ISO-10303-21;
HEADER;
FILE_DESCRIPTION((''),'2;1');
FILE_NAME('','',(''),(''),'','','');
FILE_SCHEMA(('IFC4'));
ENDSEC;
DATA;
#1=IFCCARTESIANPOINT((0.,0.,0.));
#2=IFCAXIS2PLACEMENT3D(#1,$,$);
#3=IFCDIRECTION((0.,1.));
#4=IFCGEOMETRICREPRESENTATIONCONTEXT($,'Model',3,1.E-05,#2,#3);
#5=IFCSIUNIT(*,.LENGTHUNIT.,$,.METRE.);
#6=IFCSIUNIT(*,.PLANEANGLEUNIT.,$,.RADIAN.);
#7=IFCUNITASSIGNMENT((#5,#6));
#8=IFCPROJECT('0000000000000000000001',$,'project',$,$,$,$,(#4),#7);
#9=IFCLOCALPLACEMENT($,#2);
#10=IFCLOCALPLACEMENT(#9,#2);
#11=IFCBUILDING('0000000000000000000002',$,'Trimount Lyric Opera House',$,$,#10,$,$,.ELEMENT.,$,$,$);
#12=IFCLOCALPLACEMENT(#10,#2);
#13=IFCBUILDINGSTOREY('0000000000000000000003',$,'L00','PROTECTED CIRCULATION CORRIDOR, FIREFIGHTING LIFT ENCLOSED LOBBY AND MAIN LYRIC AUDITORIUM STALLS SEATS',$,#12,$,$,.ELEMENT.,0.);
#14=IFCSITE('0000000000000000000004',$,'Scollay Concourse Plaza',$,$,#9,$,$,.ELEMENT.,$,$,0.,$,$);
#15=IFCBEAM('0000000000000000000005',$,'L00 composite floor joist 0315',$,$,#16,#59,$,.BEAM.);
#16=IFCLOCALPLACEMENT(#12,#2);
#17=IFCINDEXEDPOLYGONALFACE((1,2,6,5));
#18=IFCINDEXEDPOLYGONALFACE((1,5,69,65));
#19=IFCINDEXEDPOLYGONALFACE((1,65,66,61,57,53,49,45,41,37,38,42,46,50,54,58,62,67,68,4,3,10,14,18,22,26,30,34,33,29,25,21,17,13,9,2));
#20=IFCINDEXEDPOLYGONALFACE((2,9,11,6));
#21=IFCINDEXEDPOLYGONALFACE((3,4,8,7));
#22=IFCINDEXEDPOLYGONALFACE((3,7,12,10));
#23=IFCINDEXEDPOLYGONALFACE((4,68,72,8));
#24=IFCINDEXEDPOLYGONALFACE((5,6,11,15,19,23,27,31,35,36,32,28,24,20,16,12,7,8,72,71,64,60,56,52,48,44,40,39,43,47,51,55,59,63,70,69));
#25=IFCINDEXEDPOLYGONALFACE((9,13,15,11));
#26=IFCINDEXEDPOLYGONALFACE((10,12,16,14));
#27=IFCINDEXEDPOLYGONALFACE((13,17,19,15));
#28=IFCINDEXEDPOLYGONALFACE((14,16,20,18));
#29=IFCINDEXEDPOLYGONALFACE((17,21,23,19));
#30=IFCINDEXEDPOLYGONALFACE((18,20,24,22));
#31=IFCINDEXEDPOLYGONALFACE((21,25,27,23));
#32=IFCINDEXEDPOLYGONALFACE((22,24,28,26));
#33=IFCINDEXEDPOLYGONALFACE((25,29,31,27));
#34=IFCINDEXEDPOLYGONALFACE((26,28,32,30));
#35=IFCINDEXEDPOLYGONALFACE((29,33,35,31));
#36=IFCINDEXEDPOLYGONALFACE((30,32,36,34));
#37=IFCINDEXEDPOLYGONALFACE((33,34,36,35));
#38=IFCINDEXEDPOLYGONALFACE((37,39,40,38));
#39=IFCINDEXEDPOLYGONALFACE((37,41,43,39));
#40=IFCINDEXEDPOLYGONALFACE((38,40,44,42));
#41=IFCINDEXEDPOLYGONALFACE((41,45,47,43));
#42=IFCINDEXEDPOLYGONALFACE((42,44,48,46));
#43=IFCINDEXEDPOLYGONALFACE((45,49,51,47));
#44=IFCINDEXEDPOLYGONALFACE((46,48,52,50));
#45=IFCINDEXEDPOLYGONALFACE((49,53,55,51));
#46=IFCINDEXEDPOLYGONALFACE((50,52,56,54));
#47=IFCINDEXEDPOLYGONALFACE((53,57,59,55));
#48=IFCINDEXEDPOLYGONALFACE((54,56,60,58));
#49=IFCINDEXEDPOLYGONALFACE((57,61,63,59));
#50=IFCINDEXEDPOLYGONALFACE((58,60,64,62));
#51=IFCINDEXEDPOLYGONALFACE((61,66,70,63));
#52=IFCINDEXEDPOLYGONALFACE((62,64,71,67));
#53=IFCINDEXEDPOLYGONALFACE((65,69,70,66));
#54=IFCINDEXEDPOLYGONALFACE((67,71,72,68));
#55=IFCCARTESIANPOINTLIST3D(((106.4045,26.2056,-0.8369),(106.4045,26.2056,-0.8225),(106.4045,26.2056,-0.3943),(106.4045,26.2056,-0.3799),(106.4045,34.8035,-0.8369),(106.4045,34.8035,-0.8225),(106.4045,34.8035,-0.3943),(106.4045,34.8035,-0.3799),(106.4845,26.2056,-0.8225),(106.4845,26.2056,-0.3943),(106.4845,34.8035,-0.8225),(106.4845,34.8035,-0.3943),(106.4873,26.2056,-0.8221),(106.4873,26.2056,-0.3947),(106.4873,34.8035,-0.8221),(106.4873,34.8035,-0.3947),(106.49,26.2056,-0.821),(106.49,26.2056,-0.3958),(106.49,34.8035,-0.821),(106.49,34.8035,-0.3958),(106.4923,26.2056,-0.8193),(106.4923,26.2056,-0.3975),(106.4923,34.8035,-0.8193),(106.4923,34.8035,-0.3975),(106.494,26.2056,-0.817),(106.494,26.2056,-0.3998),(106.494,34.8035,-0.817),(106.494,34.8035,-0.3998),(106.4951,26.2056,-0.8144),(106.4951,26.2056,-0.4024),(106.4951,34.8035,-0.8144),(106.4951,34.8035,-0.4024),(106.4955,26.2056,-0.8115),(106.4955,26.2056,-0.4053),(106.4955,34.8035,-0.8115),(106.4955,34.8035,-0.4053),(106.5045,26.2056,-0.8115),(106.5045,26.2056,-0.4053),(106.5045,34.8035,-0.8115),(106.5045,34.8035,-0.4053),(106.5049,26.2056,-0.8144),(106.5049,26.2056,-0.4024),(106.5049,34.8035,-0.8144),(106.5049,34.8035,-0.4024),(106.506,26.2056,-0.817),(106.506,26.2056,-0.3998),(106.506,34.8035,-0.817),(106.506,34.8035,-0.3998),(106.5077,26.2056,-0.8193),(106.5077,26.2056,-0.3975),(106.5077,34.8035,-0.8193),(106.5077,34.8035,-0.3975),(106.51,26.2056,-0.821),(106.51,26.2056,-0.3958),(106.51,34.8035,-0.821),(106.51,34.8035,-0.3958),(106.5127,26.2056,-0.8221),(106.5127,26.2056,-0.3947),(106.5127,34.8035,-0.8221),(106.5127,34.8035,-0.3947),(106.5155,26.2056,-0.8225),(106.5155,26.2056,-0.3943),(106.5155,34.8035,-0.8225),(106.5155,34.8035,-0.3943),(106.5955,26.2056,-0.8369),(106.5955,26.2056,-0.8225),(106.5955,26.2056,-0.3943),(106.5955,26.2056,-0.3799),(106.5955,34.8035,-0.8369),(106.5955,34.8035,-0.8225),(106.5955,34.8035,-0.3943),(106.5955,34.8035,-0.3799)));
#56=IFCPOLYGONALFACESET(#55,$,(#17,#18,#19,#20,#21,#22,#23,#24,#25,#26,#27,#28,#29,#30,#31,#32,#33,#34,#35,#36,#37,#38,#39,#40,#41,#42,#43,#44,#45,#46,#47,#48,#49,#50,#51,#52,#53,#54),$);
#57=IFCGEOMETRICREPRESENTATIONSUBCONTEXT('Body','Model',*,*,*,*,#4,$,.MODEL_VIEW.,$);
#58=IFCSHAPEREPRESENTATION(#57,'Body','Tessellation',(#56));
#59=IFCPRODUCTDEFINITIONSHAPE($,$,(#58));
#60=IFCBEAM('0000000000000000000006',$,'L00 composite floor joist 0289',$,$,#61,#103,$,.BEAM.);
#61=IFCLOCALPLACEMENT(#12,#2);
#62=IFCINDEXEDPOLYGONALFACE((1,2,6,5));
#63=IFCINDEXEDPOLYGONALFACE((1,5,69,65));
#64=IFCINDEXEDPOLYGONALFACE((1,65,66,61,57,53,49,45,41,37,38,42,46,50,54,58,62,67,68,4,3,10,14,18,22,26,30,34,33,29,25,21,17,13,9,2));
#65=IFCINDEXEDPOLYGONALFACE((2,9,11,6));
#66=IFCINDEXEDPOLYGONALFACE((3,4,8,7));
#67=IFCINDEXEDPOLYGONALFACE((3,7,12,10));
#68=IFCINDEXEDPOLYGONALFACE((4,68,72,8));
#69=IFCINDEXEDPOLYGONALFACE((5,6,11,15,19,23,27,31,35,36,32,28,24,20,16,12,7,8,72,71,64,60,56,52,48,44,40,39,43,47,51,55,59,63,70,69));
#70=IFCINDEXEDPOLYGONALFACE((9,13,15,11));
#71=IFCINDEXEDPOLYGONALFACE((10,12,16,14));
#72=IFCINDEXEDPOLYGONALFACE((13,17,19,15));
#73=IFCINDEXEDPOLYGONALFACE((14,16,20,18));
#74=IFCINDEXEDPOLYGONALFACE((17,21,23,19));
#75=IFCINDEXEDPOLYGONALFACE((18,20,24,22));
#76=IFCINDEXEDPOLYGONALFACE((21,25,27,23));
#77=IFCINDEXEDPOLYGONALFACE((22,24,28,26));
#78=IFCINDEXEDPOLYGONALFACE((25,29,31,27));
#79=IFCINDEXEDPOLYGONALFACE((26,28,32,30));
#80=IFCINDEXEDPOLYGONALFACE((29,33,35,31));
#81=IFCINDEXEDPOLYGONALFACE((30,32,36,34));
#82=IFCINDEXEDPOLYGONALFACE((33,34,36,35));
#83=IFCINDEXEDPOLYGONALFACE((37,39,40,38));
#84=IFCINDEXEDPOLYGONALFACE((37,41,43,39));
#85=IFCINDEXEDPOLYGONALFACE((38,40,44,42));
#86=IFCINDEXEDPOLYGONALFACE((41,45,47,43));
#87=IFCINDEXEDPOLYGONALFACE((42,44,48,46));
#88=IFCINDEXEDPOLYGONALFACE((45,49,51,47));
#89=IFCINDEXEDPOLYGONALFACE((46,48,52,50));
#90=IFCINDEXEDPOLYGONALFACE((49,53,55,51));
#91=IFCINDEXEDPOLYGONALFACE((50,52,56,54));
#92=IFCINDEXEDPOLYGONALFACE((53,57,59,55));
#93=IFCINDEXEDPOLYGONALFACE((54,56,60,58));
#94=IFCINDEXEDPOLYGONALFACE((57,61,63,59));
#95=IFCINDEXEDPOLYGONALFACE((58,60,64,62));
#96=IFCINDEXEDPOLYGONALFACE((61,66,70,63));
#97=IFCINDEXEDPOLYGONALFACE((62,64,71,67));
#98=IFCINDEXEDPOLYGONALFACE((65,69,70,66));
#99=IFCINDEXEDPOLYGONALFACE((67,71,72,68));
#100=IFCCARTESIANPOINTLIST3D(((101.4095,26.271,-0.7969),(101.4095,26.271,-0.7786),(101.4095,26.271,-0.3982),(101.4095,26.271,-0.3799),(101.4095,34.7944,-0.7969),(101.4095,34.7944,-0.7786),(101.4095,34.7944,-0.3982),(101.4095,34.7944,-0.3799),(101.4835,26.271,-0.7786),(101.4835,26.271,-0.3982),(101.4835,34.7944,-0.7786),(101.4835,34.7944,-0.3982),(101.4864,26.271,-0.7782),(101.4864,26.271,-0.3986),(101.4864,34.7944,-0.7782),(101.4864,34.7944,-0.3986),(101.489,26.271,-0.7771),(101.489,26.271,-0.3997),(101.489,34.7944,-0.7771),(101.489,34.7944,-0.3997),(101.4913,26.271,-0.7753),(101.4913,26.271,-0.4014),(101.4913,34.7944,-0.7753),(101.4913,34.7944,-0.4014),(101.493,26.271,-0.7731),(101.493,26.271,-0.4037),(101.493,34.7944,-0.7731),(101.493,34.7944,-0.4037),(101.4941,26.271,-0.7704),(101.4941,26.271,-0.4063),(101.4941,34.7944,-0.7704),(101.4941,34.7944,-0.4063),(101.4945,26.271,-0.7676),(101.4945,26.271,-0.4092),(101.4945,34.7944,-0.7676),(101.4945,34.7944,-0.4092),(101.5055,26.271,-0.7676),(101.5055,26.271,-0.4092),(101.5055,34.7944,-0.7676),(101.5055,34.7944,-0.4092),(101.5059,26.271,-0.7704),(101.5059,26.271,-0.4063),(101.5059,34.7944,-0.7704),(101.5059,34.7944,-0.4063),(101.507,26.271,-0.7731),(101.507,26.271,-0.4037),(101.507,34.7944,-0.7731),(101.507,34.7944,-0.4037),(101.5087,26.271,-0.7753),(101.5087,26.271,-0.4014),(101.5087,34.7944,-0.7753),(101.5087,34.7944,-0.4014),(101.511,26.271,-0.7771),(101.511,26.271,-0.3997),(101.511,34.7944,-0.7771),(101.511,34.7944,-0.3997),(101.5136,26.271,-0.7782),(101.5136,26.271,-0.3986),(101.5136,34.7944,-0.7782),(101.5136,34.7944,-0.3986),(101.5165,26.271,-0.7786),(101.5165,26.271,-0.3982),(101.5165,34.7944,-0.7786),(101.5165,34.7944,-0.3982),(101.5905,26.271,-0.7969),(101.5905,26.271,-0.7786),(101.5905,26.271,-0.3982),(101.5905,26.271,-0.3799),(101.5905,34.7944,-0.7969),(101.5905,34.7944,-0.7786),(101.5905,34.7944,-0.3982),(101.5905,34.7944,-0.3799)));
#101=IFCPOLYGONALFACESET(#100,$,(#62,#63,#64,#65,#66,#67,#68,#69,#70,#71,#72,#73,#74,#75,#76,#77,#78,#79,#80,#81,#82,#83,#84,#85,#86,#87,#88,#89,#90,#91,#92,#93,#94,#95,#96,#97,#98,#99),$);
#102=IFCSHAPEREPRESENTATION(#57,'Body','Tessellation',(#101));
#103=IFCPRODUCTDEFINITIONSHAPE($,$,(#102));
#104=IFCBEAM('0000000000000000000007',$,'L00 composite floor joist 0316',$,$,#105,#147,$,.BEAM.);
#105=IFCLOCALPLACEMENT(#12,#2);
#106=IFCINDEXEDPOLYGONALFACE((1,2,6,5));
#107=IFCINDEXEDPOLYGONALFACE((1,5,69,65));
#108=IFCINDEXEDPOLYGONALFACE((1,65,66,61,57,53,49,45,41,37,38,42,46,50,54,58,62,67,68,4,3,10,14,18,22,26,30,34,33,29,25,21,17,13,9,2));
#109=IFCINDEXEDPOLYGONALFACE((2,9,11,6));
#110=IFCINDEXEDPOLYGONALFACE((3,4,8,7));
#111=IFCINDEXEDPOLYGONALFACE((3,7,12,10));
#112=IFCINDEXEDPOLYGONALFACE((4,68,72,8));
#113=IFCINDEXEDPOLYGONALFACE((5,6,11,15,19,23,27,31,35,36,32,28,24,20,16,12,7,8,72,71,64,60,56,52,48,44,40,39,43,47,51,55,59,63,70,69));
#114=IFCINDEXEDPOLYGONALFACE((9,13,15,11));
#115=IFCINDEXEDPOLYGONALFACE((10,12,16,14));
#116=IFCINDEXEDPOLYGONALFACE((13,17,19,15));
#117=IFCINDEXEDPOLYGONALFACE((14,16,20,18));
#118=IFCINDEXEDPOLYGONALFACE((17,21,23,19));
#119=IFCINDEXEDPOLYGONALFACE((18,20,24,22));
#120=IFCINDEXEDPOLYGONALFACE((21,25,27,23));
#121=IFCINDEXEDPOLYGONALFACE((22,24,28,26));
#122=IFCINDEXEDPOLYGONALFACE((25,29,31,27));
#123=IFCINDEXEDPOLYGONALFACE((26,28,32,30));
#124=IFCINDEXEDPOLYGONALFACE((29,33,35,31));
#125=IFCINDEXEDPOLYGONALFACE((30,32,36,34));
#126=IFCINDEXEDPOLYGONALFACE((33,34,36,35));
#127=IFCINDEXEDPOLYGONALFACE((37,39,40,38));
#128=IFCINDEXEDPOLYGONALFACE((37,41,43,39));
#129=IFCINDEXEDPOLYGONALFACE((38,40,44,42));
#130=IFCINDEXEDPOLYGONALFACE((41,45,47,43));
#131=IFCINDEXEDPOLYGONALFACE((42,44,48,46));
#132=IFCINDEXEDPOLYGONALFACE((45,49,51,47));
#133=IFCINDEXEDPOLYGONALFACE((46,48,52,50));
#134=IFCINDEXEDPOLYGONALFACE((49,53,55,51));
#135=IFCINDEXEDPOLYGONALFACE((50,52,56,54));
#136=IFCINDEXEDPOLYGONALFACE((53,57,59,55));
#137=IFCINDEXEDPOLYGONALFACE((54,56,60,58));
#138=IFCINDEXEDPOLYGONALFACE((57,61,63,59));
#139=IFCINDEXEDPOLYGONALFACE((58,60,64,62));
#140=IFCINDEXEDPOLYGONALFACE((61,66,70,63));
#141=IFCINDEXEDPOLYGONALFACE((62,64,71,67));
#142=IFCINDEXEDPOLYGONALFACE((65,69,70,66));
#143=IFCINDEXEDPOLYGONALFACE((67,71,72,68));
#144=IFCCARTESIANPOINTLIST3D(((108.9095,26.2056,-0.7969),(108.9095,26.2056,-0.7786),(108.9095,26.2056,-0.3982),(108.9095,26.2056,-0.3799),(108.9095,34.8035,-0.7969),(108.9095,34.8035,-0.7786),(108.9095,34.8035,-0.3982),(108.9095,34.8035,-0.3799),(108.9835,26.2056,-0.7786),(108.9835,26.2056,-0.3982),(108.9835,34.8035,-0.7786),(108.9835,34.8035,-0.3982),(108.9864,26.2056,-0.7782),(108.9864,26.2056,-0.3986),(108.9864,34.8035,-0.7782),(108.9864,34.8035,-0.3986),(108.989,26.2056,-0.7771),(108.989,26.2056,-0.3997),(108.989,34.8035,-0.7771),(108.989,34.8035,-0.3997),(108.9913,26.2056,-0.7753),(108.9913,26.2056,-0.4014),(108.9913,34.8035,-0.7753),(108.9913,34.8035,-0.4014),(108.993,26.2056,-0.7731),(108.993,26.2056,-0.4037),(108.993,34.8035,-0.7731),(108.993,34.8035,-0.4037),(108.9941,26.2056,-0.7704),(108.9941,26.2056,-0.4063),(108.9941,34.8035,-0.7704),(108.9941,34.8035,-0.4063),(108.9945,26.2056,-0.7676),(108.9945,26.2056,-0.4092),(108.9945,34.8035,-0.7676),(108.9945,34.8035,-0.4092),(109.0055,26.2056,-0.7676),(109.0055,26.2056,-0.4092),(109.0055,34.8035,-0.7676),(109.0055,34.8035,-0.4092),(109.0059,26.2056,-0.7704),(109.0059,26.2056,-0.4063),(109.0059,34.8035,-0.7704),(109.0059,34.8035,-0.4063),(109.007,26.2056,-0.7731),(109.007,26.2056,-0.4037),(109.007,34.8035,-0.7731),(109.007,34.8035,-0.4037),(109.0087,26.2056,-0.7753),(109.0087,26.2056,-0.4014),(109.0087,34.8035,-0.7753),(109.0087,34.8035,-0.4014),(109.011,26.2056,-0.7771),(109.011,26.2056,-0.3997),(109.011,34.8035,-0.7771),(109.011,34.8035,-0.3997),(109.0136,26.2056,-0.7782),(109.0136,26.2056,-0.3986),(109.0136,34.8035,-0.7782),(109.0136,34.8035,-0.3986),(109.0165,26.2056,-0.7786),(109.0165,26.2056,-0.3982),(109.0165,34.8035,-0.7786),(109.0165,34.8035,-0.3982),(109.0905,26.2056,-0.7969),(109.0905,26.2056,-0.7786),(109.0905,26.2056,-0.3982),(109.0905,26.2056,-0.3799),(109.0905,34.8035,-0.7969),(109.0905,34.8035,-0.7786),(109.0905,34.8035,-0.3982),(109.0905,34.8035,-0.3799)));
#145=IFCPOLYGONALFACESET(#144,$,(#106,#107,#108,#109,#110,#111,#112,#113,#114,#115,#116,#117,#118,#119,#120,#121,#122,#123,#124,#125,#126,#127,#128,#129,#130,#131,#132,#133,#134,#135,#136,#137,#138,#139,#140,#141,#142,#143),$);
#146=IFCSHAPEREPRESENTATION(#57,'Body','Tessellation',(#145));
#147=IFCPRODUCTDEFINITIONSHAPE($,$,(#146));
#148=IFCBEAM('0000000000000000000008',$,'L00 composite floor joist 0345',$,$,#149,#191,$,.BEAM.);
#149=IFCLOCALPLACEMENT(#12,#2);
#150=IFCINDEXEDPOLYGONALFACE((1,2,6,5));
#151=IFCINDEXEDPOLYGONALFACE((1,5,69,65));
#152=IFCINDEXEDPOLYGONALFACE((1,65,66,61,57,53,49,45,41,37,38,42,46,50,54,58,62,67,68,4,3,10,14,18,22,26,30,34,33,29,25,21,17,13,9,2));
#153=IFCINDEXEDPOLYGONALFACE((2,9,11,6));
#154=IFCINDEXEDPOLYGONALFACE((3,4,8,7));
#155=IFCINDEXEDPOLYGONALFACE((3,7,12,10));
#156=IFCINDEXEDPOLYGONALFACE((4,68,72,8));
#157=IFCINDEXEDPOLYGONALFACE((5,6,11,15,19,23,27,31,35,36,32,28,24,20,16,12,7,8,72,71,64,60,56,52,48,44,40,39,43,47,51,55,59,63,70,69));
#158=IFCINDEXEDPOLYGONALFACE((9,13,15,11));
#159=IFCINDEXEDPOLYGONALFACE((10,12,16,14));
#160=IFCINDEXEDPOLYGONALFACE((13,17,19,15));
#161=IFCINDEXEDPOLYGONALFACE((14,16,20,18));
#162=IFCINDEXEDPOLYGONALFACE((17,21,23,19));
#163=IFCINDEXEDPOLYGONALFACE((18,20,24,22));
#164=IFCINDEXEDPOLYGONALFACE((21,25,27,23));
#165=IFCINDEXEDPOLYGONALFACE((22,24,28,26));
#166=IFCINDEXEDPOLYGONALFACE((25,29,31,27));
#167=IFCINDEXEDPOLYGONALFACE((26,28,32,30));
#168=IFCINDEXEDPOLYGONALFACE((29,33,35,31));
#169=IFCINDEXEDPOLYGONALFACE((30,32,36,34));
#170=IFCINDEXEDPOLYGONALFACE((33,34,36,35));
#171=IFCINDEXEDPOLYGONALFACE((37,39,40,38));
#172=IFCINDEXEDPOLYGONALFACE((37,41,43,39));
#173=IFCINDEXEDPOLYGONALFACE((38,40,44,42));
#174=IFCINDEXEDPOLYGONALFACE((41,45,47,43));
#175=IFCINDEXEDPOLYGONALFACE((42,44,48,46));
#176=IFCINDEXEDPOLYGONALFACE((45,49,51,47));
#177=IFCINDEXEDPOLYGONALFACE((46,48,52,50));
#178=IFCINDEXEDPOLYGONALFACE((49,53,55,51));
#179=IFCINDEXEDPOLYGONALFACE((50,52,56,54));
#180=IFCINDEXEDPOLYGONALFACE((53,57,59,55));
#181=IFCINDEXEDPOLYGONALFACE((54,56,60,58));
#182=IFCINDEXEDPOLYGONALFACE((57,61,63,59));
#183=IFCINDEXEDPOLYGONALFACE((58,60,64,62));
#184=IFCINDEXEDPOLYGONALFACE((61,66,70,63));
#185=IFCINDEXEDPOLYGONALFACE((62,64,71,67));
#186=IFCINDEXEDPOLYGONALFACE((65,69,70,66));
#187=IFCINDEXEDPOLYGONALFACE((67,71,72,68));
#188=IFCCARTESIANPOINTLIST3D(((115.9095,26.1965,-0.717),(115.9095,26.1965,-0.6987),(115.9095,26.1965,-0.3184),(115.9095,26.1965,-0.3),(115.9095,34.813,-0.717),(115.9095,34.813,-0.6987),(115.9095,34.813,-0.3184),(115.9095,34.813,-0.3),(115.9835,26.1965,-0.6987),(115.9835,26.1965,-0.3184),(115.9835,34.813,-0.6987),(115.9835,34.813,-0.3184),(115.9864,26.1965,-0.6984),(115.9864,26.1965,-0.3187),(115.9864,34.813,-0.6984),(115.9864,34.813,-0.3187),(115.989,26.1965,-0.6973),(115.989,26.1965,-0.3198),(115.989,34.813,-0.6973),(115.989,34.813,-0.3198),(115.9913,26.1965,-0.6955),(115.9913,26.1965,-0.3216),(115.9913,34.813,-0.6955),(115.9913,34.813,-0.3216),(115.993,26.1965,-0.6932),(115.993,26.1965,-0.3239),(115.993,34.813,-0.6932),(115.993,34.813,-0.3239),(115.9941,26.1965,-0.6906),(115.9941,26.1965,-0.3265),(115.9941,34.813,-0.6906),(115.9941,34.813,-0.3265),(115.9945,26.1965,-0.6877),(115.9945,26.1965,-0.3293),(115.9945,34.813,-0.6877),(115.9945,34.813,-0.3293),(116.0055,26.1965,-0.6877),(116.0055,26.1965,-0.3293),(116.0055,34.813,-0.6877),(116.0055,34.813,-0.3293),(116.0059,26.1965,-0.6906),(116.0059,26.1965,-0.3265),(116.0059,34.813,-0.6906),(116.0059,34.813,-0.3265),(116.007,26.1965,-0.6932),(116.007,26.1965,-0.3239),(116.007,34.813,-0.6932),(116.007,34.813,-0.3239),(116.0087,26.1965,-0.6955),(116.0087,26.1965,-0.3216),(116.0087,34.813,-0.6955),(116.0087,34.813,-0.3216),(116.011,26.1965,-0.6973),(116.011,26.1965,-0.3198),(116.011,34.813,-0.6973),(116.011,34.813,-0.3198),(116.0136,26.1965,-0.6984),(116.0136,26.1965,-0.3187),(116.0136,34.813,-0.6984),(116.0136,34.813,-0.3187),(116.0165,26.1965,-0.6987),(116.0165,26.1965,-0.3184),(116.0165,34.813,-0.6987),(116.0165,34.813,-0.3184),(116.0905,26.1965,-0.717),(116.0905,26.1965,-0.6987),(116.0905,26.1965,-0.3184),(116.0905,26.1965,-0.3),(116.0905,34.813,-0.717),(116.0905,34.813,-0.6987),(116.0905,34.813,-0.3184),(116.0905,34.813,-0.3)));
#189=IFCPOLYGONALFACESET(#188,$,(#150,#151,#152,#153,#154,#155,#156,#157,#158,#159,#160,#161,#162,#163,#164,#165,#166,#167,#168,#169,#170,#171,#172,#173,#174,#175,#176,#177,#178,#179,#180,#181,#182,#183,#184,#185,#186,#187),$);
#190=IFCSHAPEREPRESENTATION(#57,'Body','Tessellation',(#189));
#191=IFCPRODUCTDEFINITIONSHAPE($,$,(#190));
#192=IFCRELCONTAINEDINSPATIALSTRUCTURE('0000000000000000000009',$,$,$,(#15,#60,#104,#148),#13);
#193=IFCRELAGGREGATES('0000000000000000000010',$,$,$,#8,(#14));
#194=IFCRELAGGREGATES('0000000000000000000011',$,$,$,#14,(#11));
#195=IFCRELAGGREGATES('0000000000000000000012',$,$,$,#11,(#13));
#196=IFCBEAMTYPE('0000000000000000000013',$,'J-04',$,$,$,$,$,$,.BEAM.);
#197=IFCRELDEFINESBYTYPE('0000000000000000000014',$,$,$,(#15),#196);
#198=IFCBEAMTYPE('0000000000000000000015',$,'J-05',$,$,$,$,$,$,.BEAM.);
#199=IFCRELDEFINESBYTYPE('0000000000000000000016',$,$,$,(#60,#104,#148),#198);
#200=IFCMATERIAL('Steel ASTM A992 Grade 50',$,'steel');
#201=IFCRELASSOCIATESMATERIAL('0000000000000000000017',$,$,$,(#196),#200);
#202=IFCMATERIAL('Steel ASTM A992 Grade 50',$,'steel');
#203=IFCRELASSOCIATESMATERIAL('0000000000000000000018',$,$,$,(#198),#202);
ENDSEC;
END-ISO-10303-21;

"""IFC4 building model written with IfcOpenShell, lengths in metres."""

from ifc_helpers import new_model, si_unit, direction, frame, origin, origin_2d, place, context, subcontext, project, spatial, i_section, extrude, material, material_profile, profile_set, type_object, element, save


model = new_model("IFC4")

# Units and contexts
model_context = context("Model", 3, precision=1e-05, world=origin(), true_north=direction((0.0, 1.0)))
body_context = subcontext(model_context, "Body", "Model", "MODEL_VIEW")
ifc_project = project(units=[si_unit("LENGTHUNIT", "METRE"), si_unit("PLANEANGLEUNIT", "RADIAN")], contexts=[model_context])

# Site, building, storey
site_placement = place(None, origin())
site = spatial("IfcSite", under=ifc_project, at=site_placement, Name="Scollay Concourse Plaza", CompositionType="ELEMENT", RefElevation=0.0)
building_placement = place(site_placement, origin())
building = spatial("IfcBuilding", under=site, at=building_placement, Name="Trimount Lyric Opera House", CompositionType="ELEMENT")
storey_placement = place(building_placement, origin())
storey = spatial("IfcBuildingStorey", under=building, at=storey_placement, Name="L00", Description="PROTECTED CIRCULATION CORRIDOR, FIREFIGHTING LIFT ENCLOSED LOBBY AND MAIN LYRIC AUDITORIUM STALLS SEATS", CompositionType="ELEMENT", Elevation=0.0)

# Beams
ifc_material_1 = material(Name="Steel ASTM A992 Grade 50", Category="steel")
ifc_material_profile_1 = material_profile(ifc_material_1, i_section(OverallWidth=0.1909, OverallDepth=0.457, WebThickness=0.009, FlangeThickness=0.0144, FilletRadius=0.011, at=origin_2d()), Name="W18X50")
ifc_profile_set_1 = profile_set([ifc_material_profile_1], Name="Steel ASTM A992 Grade 50")
beam_type_1 = type_object("IfcBeamType", Name="J-04", PredefinedType="BEAM", material=ifc_profile_set_1)
beam_1_placement = place(storey_placement, frame((106.5, 26.2056, -0.6084), z_axis=(0.0, 1.0, 0.0), x_axis=(-1.0, 0.0, 0.0)))
element("IfcBeam", 1, at=beam_1_placement, inside=storey, type_object=beam_type_1, Name="L00 composite floor joist 0315", PredefinedType="BEAM", context=body_context, shape_type="SweptSolid", body=[
    extrude(i_section(OverallWidth=0.1909, OverallDepth=0.457, WebThickness=0.009, FlangeThickness=0.0144, FilletRadius=0.011, at=origin_2d()), origin(), (0.0, 0.0, 1.0), 8.5979),
])
ifc_material_2 = material(Name="Steel ASTM A992 Grade 50", Category="steel")
ifc_material_profile_2 = material_profile(ifc_material_2, i_section(OverallWidth=0.1809, OverallDepth=0.417, WebThickness=0.011, FlangeThickness=0.0183, FilletRadius=0.011, at=origin_2d()), Name="W16X57")
ifc_profile_set_2 = profile_set([ifc_material_profile_2], Name="Steel ASTM A992 Grade 50")
beam_type_2 = type_object("IfcBeamType", Name="J-05", PredefinedType="BEAM", material=ifc_profile_set_2)
beam_2_placement = place(storey_placement, frame((101.5, 26.271, -0.5884), z_axis=(0.0, 1.0, 0.0), x_axis=(-1.0, 0.0, 0.0)))
element("IfcBeam", 2, at=beam_2_placement, inside=storey, type_object=beam_type_2, Name="L00 composite floor joist 0289", PredefinedType="BEAM", context=body_context, shape_type="SweptSolid", body=[
    extrude(i_section(OverallWidth=0.1809, OverallDepth=0.417, WebThickness=0.011, FlangeThickness=0.0183, FilletRadius=0.011, at=origin_2d()), origin(), (0.0, 0.0, 1.0), 8.5234),
])
beam_3_placement = place(storey_placement, frame((109.0, 26.2056, -0.5884), z_axis=(0.0, 1.0, 0.0), x_axis=(-1.0, 0.0, 0.0)))
element("IfcBeam", 3, at=beam_3_placement, inside=storey, type_object=beam_type_2, Name="L00 composite floor joist 0316", PredefinedType="BEAM", context=body_context, shape_type="SweptSolid", body=[
    extrude(i_section(OverallWidth=0.1809, OverallDepth=0.417, WebThickness=0.011, FlangeThickness=0.0183, FilletRadius=0.011, at=origin_2d()), origin(), (0.0, 0.0, 1.0), 8.5979),
])
beam_4_placement = place(storey_placement, frame((116.0, 26.1965, -0.5085), z_axis=(0.0, 1.0, 0.0), x_axis=(-1.0, 0.0, 0.0)))
element("IfcBeam", 4, at=beam_4_placement, inside=storey, type_object=beam_type_2, Name="L00 composite floor joist 0345", PredefinedType="BEAM", context=body_context, shape_type="SweptSolid", body=[
    extrude(i_section(OverallWidth=0.1809, OverallDepth=0.417, WebThickness=0.011, FlangeThickness=0.0183, FilletRadius=0.011, at=origin_2d()), origin(), (0.0, 0.0, 1.0), 8.6165),
])

save(model, "model.ifc")
